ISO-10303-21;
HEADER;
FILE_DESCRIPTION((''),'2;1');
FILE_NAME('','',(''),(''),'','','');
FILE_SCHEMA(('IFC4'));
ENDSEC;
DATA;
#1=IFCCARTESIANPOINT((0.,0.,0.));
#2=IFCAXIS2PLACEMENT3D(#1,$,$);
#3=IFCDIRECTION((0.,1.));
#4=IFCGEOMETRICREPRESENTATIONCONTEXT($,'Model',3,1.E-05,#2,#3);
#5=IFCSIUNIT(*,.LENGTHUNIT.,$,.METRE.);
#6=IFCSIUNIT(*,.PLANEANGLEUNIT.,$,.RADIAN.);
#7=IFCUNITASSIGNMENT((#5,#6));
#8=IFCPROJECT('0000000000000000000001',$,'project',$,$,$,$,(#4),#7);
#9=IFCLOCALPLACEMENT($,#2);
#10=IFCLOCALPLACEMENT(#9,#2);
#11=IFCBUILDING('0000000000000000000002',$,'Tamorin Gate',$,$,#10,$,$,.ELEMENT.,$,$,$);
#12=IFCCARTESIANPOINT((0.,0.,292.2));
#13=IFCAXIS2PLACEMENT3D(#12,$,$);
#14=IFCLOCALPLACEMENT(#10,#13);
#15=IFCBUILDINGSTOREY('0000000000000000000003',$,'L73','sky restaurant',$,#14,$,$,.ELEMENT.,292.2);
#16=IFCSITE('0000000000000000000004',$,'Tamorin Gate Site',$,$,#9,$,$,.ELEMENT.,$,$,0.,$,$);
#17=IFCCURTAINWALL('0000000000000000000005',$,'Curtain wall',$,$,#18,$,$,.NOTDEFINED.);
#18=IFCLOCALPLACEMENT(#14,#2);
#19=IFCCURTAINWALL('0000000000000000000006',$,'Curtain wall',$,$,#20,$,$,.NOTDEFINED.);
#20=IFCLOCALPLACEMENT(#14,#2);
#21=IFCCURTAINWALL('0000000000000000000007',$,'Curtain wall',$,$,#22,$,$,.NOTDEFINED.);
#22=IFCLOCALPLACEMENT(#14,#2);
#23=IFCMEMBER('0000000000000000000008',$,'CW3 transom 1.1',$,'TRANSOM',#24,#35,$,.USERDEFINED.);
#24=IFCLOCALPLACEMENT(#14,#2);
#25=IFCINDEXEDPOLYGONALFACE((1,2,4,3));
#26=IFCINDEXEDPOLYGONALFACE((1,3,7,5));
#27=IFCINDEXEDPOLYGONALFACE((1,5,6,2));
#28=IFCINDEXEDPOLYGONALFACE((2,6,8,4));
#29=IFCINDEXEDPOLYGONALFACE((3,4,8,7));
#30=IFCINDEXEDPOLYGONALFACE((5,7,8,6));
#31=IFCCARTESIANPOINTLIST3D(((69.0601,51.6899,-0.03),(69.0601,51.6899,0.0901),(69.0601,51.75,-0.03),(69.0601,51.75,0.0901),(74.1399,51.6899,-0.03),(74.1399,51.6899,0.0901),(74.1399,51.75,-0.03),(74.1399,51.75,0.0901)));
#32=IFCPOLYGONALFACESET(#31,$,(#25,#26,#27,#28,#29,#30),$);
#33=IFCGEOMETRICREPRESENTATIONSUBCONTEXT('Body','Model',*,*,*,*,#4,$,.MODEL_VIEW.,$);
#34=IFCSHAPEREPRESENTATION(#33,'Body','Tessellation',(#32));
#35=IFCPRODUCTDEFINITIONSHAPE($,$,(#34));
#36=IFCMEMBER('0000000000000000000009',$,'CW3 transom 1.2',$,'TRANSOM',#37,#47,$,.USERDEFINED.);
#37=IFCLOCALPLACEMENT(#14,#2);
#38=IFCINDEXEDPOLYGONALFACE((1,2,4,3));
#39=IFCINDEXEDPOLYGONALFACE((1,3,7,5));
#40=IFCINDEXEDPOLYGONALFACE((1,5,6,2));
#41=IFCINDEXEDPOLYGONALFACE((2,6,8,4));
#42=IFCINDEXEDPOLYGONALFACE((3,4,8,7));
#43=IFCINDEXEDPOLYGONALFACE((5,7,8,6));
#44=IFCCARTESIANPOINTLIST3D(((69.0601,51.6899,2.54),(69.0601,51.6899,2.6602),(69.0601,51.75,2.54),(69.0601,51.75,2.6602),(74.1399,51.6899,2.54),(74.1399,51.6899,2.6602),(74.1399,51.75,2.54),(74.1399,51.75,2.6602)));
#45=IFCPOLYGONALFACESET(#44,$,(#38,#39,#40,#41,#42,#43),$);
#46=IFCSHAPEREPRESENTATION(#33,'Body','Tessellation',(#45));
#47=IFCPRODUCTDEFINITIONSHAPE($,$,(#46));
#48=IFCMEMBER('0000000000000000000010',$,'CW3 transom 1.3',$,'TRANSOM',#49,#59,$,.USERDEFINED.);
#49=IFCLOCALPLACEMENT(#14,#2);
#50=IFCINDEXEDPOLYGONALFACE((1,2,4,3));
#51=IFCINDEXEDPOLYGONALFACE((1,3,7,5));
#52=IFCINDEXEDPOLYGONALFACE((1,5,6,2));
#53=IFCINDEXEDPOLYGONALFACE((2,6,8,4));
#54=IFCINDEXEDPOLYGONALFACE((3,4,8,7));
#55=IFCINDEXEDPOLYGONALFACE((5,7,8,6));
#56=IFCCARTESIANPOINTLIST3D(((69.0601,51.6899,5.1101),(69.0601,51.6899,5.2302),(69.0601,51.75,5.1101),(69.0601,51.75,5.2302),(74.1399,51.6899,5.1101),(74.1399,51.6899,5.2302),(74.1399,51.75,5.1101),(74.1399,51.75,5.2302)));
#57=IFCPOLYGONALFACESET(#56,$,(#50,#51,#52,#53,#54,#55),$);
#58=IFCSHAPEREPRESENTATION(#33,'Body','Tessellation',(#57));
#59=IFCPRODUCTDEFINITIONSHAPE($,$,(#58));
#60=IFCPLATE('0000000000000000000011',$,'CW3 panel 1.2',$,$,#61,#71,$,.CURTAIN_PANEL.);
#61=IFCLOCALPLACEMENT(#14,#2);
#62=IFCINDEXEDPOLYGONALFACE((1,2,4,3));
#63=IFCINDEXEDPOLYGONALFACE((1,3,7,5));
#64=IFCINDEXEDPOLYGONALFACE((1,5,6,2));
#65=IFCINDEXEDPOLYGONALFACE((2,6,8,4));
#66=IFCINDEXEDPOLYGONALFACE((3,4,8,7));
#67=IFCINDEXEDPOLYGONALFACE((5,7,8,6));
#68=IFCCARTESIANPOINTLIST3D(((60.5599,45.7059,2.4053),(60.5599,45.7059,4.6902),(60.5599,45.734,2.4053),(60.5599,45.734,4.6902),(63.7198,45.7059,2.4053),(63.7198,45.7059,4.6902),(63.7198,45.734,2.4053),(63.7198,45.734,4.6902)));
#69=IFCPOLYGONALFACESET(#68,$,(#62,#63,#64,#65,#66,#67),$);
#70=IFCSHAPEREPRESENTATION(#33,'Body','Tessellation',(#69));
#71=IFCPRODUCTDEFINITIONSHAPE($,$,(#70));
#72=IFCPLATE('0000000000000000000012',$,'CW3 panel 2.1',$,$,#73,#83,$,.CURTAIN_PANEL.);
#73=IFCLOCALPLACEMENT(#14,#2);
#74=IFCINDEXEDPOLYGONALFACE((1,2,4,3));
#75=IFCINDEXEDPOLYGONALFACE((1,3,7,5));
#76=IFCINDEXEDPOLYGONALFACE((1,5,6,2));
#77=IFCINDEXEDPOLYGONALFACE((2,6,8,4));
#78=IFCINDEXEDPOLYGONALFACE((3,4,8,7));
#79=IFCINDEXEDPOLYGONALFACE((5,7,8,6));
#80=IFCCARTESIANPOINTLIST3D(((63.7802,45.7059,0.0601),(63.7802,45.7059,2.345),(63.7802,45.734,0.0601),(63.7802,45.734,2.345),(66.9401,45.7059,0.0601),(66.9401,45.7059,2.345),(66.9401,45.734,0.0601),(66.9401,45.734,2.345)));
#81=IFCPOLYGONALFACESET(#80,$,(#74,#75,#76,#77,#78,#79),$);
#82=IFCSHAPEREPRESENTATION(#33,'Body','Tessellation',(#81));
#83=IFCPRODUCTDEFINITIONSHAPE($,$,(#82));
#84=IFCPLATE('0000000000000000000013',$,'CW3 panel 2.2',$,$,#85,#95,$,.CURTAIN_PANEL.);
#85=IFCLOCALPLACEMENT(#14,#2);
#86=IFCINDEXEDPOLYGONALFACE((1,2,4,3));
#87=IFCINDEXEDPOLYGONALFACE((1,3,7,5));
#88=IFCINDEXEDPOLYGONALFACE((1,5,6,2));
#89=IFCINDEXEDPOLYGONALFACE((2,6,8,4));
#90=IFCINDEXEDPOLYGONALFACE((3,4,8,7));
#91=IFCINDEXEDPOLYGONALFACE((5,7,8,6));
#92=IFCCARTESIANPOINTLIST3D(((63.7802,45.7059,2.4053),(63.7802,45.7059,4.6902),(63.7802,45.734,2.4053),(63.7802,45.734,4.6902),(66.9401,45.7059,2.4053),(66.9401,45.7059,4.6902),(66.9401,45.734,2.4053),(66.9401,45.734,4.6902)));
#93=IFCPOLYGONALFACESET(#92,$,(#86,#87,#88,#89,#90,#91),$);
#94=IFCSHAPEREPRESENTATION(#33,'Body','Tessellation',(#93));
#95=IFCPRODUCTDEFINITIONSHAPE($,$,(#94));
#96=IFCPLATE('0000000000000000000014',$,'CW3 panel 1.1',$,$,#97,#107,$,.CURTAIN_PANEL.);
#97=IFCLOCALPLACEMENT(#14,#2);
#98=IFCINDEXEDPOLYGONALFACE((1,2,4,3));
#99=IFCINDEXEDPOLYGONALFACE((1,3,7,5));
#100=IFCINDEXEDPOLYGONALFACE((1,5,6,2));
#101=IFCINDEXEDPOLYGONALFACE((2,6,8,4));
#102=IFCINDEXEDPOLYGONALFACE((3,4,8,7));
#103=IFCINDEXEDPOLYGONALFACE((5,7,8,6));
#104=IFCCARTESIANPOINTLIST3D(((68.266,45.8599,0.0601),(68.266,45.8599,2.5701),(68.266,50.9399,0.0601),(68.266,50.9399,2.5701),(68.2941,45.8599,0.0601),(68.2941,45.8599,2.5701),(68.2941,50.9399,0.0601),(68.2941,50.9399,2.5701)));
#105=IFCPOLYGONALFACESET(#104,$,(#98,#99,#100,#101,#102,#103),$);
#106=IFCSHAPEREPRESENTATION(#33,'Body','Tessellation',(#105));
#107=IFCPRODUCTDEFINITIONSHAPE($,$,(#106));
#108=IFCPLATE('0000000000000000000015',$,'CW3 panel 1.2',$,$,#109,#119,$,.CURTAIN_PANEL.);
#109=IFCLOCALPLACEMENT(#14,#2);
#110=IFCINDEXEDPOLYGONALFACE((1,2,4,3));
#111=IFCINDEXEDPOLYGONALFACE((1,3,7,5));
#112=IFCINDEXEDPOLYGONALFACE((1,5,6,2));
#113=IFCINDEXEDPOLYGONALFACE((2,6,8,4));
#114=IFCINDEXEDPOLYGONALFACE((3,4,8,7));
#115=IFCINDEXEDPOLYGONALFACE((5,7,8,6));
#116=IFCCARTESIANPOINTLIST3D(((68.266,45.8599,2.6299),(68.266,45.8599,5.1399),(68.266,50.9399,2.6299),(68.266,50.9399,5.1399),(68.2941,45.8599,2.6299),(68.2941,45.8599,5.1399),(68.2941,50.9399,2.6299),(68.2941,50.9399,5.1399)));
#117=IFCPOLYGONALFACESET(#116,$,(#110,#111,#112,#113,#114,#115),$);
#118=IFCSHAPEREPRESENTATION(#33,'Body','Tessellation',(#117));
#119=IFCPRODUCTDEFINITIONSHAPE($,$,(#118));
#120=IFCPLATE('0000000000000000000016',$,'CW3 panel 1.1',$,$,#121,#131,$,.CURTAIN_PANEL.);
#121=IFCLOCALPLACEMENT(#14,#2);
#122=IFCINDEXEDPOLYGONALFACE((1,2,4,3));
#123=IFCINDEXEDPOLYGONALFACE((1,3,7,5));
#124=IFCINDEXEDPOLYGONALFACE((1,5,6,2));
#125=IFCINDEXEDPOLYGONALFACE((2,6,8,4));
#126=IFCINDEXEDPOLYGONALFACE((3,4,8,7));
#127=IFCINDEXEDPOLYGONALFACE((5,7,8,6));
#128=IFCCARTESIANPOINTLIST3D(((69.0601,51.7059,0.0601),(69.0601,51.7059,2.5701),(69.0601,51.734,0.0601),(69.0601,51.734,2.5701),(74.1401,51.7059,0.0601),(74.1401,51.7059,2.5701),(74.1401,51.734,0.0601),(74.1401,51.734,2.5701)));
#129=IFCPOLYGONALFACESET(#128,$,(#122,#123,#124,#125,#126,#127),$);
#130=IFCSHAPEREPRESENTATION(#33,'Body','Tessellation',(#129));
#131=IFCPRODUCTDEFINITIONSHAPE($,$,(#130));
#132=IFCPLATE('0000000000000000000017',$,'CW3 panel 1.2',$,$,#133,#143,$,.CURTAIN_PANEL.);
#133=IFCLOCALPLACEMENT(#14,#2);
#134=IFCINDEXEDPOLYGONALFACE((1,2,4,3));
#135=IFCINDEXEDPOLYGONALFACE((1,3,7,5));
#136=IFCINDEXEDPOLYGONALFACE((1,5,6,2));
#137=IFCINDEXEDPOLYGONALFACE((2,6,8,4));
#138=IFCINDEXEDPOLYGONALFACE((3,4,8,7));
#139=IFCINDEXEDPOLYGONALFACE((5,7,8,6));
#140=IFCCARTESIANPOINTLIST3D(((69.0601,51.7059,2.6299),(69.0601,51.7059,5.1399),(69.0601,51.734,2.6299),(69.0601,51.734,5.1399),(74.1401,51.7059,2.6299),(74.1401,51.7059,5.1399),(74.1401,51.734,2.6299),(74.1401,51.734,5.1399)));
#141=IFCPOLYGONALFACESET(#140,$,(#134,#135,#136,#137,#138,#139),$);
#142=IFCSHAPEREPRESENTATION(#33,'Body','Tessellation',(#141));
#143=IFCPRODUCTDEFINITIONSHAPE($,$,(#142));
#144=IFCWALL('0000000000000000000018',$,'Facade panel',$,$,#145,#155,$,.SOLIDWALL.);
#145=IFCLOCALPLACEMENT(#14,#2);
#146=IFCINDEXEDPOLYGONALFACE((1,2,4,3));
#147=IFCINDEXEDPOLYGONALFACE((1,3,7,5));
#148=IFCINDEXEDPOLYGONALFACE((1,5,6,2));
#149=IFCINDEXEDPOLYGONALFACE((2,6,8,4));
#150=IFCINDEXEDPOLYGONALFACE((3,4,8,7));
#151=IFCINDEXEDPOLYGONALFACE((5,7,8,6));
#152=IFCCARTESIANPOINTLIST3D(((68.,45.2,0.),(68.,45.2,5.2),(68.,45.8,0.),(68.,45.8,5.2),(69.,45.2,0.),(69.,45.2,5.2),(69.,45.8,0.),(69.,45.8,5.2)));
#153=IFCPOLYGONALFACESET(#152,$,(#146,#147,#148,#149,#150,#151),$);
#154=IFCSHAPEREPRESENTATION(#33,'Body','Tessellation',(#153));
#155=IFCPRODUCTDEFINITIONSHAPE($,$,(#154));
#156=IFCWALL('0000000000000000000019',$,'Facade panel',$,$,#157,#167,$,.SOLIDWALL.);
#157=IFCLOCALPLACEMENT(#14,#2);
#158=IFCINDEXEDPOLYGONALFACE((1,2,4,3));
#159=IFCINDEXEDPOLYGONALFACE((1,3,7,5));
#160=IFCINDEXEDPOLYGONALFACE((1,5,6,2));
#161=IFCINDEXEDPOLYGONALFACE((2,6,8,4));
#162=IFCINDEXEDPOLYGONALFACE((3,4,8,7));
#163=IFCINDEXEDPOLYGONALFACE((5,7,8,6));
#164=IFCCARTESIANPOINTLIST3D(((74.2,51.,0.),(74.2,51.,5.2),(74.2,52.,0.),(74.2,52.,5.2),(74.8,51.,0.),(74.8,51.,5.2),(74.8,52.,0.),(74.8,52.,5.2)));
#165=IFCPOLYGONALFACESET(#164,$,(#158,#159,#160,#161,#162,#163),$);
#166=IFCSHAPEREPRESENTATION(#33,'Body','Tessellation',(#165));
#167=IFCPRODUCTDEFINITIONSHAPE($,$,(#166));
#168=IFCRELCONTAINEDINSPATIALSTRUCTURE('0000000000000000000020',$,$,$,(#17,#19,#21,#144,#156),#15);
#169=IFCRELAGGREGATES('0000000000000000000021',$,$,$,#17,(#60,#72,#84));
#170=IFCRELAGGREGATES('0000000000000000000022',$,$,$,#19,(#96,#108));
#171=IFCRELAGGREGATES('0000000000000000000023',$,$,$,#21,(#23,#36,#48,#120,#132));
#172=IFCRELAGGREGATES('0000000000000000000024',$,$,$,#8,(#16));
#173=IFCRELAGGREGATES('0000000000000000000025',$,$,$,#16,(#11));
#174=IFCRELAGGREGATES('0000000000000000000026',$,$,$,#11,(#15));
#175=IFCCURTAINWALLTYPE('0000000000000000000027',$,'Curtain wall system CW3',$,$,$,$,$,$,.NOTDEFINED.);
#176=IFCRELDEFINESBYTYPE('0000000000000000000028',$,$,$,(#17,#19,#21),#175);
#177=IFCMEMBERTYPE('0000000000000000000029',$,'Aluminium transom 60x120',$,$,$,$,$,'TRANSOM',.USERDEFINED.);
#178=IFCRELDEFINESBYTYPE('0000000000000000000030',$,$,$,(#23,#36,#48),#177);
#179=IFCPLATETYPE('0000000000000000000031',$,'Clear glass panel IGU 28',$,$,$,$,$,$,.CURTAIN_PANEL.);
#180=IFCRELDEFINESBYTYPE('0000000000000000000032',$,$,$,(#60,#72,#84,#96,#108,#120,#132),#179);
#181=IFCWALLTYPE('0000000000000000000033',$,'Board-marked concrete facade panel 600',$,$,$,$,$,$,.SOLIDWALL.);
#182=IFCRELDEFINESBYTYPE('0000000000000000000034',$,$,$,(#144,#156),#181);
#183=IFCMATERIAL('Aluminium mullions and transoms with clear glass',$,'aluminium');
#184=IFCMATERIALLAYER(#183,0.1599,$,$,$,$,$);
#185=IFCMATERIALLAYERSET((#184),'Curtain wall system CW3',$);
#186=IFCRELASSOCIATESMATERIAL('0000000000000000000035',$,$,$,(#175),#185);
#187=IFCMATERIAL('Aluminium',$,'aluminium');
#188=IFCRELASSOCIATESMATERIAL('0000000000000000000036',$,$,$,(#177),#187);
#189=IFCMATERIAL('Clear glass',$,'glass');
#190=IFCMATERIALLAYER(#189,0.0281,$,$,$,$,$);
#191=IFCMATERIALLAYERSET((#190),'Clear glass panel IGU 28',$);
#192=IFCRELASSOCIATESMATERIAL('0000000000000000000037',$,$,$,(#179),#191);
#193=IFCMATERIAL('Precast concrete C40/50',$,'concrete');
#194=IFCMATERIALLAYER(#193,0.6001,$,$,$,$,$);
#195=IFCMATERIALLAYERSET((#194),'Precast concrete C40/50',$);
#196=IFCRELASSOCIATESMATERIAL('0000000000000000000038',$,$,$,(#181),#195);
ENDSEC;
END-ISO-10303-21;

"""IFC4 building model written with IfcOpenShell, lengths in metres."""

from ifc_helpers import new_model, si_unit, direction, frame, frame_2d, origin, origin_2d, place, context, subcontext, project, spatial, rectangle, extrude, material, layer, layer_set, material_profile, profile_set, type_object, element, aggregate, save


model = new_model("IFC4")

# Units and contexts
model_context = context("Model", 3, precision=1e-05, world=origin(), true_north=direction((0.0, 1.0)))
body_context = subcontext(model_context, "Body", "Model", "MODEL_VIEW")
ifc_project = project(units=[si_unit("LENGTHUNIT", "METRE"), si_unit("PLANEANGLEUNIT", "RADIAN")], contexts=[model_context])

# Site, building, storey
site_placement = place(None, origin())
site = spatial("IfcSite", under=ifc_project, at=site_placement, Name="Tamorin Gate Site", CompositionType="ELEMENT", RefElevation=0.0)
building_placement = place(site_placement, origin())
building = spatial("IfcBuilding", under=site, at=building_placement, Name="Tamorin Gate", CompositionType="ELEMENT")
storey_placement = place(building_placement, frame((0.0, 0.0, 292.2)))
storey = spatial("IfcBuildingStorey", under=building, at=storey_placement, Name="L73", Description="sky restaurant", CompositionType="ELEMENT", Elevation=292.2)

# Curtain walls
ifc_material_1 = material(Name="Aluminium mullions and transoms with clear glass", Category="aluminium")
ifc_layer_1 = layer(ifc_material_1, 0.1599)
ifc_layer_set_1 = layer_set([ifc_layer_1], Name="Curtain wall system CW3")
curtain_wall_type = type_object("IfcCurtainWallType", Name="Curtain wall system CW3", PredefinedType="NOTDEFINED", material=ifc_layer_set_1)
curtain_wall_1_placement = place(storey_placement, origin())
curtain_wall_1 = element("IfcCurtainWall", 1, at=curtain_wall_1_placement, inside=storey, type_object=curtain_wall_type, Name="Curtain wall", PredefinedType="NOTDEFINED")
ifc_material_2 = material(Name="Aluminium", Category="aluminium")
curtain_wall_2_placement = place(storey_placement, origin())
curtain_wall_2 = element("IfcCurtainWall", 2, at=curtain_wall_2_placement, inside=storey, type_object=curtain_wall_type, Name="Curtain wall", PredefinedType="NOTDEFINED")
curtain_wall_3_placement = place(storey_placement, origin())
curtain_wall_3 = element("IfcCurtainWall", 3, at=curtain_wall_3_placement, inside=storey, type_object=curtain_wall_type, Name="Curtain wall", PredefinedType="NOTDEFINED")

# Members
ifc_material_profile_1 = material_profile(ifc_material_2, rectangle(XDim=0.0601, YDim=0.1201, at=origin_2d()), Name="RECT 60x120")
ifc_profile_set_1 = profile_set([ifc_material_profile_1], Name="Aluminium")
member_type_1 = type_object("IfcMemberType", Name="Aluminium transom 60x120", ElementType="TRANSOM", PredefinedType="USERDEFINED", material=ifc_profile_set_1)
member_1_placement = place(storey_placement, frame((69.0601, 51.72, 0.03), z_axis=(1.0, 0.0, 0.0), x_axis=(0.0, 1.0, 0.0)))
member_1 = element("IfcMember", 4, at=member_1_placement, type_object=member_type_1, Name="CW3 transom 1.1", ObjectType="TRANSOM", PredefinedType="USERDEFINED", context=body_context, shape_type="SweptSolid", body=[
    extrude(rectangle(XDim=0.0601, YDim=0.1201, at=origin_2d()), origin(), (0.0, 0.0, 1.0), 5.0798),
])
member_2_placement = place(storey_placement, frame((69.0601, 51.72, 2.6001), z_axis=(1.0, 0.0, 0.0), x_axis=(0.0, 1.0, 0.0)))
member_2 = element("IfcMember", 5, at=member_2_placement, type_object=member_type_1, Name="CW3 transom 1.2", ObjectType="TRANSOM", PredefinedType="USERDEFINED", context=body_context, shape_type="SweptSolid", body=[
    extrude(rectangle(XDim=0.0601, YDim=0.1201, at=origin_2d()), origin(), (0.0, 0.0, 1.0), 5.0798),
])
member_3_placement = place(storey_placement, frame((69.0601, 51.72, 5.1702), z_axis=(1.0, 0.0, 0.0), x_axis=(0.0, 1.0, 0.0)))
member_3 = element("IfcMember", 6, at=member_3_placement, type_object=member_type_1, Name="CW3 transom 1.3", ObjectType="TRANSOM", PredefinedType="USERDEFINED", context=body_context, shape_type="SweptSolid", body=[
    extrude(rectangle(XDim=0.0601, YDim=0.1201, at=origin_2d()), origin(), (0.0, 0.0, 1.0), 5.0798),
])

# Plates
ifc_material_3 = material(Name="Clear glass", Category="glass")
ifc_layer_2 = layer(ifc_material_3, 0.0281)
ifc_layer_set_2 = layer_set([ifc_layer_2], Name="Clear glass panel IGU 28")
plate_type = type_object("IfcPlateType", Name="Clear glass panel IGU 28", PredefinedType="CURTAIN_PANEL", material=ifc_layer_set_2)
plate_1_placement = place(storey_placement, frame((62.1399, 45.72, 2.4053), z_axis=(0.0, 0.0, 1.0), x_axis=(1.0, 0.0, 0.0)))
plate_1 = element("IfcPlate", 7, at=plate_1_placement, type_object=plate_type, Name="CW3 panel 1.2", PredefinedType="CURTAIN_PANEL", context=body_context, shape_type="SweptSolid", body=[
    extrude(rectangle(XDim=3.1599, YDim=0.0281, at=origin_2d()), origin(), (0.0, 0.0, 1.0), 2.2849),
])
plate_2_placement = place(storey_placement, frame((65.3601, 45.72, 0.0601), z_axis=(0.0, 0.0, 1.0), x_axis=(1.0, 0.0, 0.0)))
plate_2 = element("IfcPlate", 8, at=plate_2_placement, type_object=plate_type, Name="CW3 panel 2.1", PredefinedType="CURTAIN_PANEL", context=body_context, shape_type="SweptSolid", body=[
    extrude(rectangle(XDim=3.1599, YDim=0.0281, at=origin_2d()), origin(), (0.0, 0.0, 1.0), 2.2849),
])
plate_3_placement = place(storey_placement, frame((65.3601, 45.72, 2.4053), z_axis=(0.0, 0.0, 1.0), x_axis=(1.0, 0.0, 0.0)))
plate_3 = element("IfcPlate", 9, at=plate_3_placement, type_object=plate_type, Name="CW3 panel 2.2", PredefinedType="CURTAIN_PANEL", context=body_context, shape_type="SweptSolid", body=[
    extrude(rectangle(XDim=3.1599, YDim=0.0281, at=origin_2d()), origin(), (0.0, 0.0, 1.0), 2.2849),
])
aggregate(curtain_wall_1, [plate_1, plate_2, plate_3])
plate_4_placement = place(storey_placement, frame((68.28, 48.3999, 0.0601), z_axis=(0.0, 0.0, 1.0), x_axis=(0.0, 1.0, 0.0)))
plate_4 = element("IfcPlate", 10, at=plate_4_placement, type_object=plate_type, Name="CW3 panel 1.1", PredefinedType="CURTAIN_PANEL", context=body_context, shape_type="SweptSolid", body=[
    extrude(rectangle(XDim=5.0801, YDim=0.0281, at=origin_2d()), origin(), (0.0, 0.0, 1.0), 2.51),
])
plate_5_placement = place(storey_placement, frame((68.28, 48.3999, 2.6299), z_axis=(0.0, 0.0, 1.0), x_axis=(0.0, 1.0, 0.0)))
plate_5 = element("IfcPlate", 11, at=plate_5_placement, type_object=plate_type, Name="CW3 panel 1.2", PredefinedType="CURTAIN_PANEL", context=body_context, shape_type="SweptSolid", body=[
    extrude(rectangle(XDim=5.0801, YDim=0.0281, at=origin_2d()), origin(), (0.0, 0.0, 1.0), 2.51),
])
aggregate(curtain_wall_2, [plate_4, plate_5])
plate_6_placement = place(storey_placement, frame((71.6001, 51.72, 0.0601), z_axis=(0.0, 0.0, 1.0), x_axis=(1.0, 0.0, 0.0)))
plate_6 = element("IfcPlate", 12, at=plate_6_placement, type_object=plate_type, Name="CW3 panel 1.1", PredefinedType="CURTAIN_PANEL", context=body_context, shape_type="SweptSolid", body=[
    extrude(rectangle(XDim=5.0801, YDim=0.0281, at=origin_2d()), origin(), (0.0, 0.0, 1.0), 2.51),
])
plate_7_placement = place(storey_placement, frame((71.6001, 51.72, 2.6299), z_axis=(0.0, 0.0, 1.0), x_axis=(1.0, 0.0, 0.0)))
plate_7 = element("IfcPlate", 13, at=plate_7_placement, type_object=plate_type, Name="CW3 panel 1.2", PredefinedType="CURTAIN_PANEL", context=body_context, shape_type="SweptSolid", body=[
    extrude(rectangle(XDim=5.0801, YDim=0.0281, at=origin_2d()), origin(), (0.0, 0.0, 1.0), 2.51),
])
aggregate(curtain_wall_3, [member_1, member_2, member_3, plate_6, plate_7])

# Walls
ifc_material_4 = material(Name="Precast concrete C40/50", Category="concrete")
ifc_layer_3 = layer(ifc_material_4, 0.6001)
ifc_layer_set_3 = layer_set([ifc_layer_3], Name="Precast concrete C40/50")
wall_type = type_object("IfcWallType", Name="Board-marked concrete facade panel 600", PredefinedType="SOLIDWALL", material=ifc_layer_set_3)
for number, where, z_axis, x_axis, name in (
    (14, (68.0, 45.5, 0.0), (0.0, 0.0, 1.0), (1.0, 0.0, 0.0), "Facade panel"),
    (15, (74.5, 51.0, 0.0), (0.0, 0.0, 1.0), (0.0, 1.0, 0.0), "Facade panel"),
):
    element("IfcWall", number, at=place(storey_placement, frame(where, z_axis=z_axis, x_axis=x_axis)), inside=storey, type_object=wall_type, Name=name, PredefinedType="SOLIDWALL", context=body_context, shape_type="SweptSolid", body=[
        extrude(rectangle(XDim=1.0, YDim=0.6001, at=frame_2d((0.5, 0.0))), origin(), (0.0, 0.0, 1.0), 5.2),
    ])

save(model, "model.ifc")
